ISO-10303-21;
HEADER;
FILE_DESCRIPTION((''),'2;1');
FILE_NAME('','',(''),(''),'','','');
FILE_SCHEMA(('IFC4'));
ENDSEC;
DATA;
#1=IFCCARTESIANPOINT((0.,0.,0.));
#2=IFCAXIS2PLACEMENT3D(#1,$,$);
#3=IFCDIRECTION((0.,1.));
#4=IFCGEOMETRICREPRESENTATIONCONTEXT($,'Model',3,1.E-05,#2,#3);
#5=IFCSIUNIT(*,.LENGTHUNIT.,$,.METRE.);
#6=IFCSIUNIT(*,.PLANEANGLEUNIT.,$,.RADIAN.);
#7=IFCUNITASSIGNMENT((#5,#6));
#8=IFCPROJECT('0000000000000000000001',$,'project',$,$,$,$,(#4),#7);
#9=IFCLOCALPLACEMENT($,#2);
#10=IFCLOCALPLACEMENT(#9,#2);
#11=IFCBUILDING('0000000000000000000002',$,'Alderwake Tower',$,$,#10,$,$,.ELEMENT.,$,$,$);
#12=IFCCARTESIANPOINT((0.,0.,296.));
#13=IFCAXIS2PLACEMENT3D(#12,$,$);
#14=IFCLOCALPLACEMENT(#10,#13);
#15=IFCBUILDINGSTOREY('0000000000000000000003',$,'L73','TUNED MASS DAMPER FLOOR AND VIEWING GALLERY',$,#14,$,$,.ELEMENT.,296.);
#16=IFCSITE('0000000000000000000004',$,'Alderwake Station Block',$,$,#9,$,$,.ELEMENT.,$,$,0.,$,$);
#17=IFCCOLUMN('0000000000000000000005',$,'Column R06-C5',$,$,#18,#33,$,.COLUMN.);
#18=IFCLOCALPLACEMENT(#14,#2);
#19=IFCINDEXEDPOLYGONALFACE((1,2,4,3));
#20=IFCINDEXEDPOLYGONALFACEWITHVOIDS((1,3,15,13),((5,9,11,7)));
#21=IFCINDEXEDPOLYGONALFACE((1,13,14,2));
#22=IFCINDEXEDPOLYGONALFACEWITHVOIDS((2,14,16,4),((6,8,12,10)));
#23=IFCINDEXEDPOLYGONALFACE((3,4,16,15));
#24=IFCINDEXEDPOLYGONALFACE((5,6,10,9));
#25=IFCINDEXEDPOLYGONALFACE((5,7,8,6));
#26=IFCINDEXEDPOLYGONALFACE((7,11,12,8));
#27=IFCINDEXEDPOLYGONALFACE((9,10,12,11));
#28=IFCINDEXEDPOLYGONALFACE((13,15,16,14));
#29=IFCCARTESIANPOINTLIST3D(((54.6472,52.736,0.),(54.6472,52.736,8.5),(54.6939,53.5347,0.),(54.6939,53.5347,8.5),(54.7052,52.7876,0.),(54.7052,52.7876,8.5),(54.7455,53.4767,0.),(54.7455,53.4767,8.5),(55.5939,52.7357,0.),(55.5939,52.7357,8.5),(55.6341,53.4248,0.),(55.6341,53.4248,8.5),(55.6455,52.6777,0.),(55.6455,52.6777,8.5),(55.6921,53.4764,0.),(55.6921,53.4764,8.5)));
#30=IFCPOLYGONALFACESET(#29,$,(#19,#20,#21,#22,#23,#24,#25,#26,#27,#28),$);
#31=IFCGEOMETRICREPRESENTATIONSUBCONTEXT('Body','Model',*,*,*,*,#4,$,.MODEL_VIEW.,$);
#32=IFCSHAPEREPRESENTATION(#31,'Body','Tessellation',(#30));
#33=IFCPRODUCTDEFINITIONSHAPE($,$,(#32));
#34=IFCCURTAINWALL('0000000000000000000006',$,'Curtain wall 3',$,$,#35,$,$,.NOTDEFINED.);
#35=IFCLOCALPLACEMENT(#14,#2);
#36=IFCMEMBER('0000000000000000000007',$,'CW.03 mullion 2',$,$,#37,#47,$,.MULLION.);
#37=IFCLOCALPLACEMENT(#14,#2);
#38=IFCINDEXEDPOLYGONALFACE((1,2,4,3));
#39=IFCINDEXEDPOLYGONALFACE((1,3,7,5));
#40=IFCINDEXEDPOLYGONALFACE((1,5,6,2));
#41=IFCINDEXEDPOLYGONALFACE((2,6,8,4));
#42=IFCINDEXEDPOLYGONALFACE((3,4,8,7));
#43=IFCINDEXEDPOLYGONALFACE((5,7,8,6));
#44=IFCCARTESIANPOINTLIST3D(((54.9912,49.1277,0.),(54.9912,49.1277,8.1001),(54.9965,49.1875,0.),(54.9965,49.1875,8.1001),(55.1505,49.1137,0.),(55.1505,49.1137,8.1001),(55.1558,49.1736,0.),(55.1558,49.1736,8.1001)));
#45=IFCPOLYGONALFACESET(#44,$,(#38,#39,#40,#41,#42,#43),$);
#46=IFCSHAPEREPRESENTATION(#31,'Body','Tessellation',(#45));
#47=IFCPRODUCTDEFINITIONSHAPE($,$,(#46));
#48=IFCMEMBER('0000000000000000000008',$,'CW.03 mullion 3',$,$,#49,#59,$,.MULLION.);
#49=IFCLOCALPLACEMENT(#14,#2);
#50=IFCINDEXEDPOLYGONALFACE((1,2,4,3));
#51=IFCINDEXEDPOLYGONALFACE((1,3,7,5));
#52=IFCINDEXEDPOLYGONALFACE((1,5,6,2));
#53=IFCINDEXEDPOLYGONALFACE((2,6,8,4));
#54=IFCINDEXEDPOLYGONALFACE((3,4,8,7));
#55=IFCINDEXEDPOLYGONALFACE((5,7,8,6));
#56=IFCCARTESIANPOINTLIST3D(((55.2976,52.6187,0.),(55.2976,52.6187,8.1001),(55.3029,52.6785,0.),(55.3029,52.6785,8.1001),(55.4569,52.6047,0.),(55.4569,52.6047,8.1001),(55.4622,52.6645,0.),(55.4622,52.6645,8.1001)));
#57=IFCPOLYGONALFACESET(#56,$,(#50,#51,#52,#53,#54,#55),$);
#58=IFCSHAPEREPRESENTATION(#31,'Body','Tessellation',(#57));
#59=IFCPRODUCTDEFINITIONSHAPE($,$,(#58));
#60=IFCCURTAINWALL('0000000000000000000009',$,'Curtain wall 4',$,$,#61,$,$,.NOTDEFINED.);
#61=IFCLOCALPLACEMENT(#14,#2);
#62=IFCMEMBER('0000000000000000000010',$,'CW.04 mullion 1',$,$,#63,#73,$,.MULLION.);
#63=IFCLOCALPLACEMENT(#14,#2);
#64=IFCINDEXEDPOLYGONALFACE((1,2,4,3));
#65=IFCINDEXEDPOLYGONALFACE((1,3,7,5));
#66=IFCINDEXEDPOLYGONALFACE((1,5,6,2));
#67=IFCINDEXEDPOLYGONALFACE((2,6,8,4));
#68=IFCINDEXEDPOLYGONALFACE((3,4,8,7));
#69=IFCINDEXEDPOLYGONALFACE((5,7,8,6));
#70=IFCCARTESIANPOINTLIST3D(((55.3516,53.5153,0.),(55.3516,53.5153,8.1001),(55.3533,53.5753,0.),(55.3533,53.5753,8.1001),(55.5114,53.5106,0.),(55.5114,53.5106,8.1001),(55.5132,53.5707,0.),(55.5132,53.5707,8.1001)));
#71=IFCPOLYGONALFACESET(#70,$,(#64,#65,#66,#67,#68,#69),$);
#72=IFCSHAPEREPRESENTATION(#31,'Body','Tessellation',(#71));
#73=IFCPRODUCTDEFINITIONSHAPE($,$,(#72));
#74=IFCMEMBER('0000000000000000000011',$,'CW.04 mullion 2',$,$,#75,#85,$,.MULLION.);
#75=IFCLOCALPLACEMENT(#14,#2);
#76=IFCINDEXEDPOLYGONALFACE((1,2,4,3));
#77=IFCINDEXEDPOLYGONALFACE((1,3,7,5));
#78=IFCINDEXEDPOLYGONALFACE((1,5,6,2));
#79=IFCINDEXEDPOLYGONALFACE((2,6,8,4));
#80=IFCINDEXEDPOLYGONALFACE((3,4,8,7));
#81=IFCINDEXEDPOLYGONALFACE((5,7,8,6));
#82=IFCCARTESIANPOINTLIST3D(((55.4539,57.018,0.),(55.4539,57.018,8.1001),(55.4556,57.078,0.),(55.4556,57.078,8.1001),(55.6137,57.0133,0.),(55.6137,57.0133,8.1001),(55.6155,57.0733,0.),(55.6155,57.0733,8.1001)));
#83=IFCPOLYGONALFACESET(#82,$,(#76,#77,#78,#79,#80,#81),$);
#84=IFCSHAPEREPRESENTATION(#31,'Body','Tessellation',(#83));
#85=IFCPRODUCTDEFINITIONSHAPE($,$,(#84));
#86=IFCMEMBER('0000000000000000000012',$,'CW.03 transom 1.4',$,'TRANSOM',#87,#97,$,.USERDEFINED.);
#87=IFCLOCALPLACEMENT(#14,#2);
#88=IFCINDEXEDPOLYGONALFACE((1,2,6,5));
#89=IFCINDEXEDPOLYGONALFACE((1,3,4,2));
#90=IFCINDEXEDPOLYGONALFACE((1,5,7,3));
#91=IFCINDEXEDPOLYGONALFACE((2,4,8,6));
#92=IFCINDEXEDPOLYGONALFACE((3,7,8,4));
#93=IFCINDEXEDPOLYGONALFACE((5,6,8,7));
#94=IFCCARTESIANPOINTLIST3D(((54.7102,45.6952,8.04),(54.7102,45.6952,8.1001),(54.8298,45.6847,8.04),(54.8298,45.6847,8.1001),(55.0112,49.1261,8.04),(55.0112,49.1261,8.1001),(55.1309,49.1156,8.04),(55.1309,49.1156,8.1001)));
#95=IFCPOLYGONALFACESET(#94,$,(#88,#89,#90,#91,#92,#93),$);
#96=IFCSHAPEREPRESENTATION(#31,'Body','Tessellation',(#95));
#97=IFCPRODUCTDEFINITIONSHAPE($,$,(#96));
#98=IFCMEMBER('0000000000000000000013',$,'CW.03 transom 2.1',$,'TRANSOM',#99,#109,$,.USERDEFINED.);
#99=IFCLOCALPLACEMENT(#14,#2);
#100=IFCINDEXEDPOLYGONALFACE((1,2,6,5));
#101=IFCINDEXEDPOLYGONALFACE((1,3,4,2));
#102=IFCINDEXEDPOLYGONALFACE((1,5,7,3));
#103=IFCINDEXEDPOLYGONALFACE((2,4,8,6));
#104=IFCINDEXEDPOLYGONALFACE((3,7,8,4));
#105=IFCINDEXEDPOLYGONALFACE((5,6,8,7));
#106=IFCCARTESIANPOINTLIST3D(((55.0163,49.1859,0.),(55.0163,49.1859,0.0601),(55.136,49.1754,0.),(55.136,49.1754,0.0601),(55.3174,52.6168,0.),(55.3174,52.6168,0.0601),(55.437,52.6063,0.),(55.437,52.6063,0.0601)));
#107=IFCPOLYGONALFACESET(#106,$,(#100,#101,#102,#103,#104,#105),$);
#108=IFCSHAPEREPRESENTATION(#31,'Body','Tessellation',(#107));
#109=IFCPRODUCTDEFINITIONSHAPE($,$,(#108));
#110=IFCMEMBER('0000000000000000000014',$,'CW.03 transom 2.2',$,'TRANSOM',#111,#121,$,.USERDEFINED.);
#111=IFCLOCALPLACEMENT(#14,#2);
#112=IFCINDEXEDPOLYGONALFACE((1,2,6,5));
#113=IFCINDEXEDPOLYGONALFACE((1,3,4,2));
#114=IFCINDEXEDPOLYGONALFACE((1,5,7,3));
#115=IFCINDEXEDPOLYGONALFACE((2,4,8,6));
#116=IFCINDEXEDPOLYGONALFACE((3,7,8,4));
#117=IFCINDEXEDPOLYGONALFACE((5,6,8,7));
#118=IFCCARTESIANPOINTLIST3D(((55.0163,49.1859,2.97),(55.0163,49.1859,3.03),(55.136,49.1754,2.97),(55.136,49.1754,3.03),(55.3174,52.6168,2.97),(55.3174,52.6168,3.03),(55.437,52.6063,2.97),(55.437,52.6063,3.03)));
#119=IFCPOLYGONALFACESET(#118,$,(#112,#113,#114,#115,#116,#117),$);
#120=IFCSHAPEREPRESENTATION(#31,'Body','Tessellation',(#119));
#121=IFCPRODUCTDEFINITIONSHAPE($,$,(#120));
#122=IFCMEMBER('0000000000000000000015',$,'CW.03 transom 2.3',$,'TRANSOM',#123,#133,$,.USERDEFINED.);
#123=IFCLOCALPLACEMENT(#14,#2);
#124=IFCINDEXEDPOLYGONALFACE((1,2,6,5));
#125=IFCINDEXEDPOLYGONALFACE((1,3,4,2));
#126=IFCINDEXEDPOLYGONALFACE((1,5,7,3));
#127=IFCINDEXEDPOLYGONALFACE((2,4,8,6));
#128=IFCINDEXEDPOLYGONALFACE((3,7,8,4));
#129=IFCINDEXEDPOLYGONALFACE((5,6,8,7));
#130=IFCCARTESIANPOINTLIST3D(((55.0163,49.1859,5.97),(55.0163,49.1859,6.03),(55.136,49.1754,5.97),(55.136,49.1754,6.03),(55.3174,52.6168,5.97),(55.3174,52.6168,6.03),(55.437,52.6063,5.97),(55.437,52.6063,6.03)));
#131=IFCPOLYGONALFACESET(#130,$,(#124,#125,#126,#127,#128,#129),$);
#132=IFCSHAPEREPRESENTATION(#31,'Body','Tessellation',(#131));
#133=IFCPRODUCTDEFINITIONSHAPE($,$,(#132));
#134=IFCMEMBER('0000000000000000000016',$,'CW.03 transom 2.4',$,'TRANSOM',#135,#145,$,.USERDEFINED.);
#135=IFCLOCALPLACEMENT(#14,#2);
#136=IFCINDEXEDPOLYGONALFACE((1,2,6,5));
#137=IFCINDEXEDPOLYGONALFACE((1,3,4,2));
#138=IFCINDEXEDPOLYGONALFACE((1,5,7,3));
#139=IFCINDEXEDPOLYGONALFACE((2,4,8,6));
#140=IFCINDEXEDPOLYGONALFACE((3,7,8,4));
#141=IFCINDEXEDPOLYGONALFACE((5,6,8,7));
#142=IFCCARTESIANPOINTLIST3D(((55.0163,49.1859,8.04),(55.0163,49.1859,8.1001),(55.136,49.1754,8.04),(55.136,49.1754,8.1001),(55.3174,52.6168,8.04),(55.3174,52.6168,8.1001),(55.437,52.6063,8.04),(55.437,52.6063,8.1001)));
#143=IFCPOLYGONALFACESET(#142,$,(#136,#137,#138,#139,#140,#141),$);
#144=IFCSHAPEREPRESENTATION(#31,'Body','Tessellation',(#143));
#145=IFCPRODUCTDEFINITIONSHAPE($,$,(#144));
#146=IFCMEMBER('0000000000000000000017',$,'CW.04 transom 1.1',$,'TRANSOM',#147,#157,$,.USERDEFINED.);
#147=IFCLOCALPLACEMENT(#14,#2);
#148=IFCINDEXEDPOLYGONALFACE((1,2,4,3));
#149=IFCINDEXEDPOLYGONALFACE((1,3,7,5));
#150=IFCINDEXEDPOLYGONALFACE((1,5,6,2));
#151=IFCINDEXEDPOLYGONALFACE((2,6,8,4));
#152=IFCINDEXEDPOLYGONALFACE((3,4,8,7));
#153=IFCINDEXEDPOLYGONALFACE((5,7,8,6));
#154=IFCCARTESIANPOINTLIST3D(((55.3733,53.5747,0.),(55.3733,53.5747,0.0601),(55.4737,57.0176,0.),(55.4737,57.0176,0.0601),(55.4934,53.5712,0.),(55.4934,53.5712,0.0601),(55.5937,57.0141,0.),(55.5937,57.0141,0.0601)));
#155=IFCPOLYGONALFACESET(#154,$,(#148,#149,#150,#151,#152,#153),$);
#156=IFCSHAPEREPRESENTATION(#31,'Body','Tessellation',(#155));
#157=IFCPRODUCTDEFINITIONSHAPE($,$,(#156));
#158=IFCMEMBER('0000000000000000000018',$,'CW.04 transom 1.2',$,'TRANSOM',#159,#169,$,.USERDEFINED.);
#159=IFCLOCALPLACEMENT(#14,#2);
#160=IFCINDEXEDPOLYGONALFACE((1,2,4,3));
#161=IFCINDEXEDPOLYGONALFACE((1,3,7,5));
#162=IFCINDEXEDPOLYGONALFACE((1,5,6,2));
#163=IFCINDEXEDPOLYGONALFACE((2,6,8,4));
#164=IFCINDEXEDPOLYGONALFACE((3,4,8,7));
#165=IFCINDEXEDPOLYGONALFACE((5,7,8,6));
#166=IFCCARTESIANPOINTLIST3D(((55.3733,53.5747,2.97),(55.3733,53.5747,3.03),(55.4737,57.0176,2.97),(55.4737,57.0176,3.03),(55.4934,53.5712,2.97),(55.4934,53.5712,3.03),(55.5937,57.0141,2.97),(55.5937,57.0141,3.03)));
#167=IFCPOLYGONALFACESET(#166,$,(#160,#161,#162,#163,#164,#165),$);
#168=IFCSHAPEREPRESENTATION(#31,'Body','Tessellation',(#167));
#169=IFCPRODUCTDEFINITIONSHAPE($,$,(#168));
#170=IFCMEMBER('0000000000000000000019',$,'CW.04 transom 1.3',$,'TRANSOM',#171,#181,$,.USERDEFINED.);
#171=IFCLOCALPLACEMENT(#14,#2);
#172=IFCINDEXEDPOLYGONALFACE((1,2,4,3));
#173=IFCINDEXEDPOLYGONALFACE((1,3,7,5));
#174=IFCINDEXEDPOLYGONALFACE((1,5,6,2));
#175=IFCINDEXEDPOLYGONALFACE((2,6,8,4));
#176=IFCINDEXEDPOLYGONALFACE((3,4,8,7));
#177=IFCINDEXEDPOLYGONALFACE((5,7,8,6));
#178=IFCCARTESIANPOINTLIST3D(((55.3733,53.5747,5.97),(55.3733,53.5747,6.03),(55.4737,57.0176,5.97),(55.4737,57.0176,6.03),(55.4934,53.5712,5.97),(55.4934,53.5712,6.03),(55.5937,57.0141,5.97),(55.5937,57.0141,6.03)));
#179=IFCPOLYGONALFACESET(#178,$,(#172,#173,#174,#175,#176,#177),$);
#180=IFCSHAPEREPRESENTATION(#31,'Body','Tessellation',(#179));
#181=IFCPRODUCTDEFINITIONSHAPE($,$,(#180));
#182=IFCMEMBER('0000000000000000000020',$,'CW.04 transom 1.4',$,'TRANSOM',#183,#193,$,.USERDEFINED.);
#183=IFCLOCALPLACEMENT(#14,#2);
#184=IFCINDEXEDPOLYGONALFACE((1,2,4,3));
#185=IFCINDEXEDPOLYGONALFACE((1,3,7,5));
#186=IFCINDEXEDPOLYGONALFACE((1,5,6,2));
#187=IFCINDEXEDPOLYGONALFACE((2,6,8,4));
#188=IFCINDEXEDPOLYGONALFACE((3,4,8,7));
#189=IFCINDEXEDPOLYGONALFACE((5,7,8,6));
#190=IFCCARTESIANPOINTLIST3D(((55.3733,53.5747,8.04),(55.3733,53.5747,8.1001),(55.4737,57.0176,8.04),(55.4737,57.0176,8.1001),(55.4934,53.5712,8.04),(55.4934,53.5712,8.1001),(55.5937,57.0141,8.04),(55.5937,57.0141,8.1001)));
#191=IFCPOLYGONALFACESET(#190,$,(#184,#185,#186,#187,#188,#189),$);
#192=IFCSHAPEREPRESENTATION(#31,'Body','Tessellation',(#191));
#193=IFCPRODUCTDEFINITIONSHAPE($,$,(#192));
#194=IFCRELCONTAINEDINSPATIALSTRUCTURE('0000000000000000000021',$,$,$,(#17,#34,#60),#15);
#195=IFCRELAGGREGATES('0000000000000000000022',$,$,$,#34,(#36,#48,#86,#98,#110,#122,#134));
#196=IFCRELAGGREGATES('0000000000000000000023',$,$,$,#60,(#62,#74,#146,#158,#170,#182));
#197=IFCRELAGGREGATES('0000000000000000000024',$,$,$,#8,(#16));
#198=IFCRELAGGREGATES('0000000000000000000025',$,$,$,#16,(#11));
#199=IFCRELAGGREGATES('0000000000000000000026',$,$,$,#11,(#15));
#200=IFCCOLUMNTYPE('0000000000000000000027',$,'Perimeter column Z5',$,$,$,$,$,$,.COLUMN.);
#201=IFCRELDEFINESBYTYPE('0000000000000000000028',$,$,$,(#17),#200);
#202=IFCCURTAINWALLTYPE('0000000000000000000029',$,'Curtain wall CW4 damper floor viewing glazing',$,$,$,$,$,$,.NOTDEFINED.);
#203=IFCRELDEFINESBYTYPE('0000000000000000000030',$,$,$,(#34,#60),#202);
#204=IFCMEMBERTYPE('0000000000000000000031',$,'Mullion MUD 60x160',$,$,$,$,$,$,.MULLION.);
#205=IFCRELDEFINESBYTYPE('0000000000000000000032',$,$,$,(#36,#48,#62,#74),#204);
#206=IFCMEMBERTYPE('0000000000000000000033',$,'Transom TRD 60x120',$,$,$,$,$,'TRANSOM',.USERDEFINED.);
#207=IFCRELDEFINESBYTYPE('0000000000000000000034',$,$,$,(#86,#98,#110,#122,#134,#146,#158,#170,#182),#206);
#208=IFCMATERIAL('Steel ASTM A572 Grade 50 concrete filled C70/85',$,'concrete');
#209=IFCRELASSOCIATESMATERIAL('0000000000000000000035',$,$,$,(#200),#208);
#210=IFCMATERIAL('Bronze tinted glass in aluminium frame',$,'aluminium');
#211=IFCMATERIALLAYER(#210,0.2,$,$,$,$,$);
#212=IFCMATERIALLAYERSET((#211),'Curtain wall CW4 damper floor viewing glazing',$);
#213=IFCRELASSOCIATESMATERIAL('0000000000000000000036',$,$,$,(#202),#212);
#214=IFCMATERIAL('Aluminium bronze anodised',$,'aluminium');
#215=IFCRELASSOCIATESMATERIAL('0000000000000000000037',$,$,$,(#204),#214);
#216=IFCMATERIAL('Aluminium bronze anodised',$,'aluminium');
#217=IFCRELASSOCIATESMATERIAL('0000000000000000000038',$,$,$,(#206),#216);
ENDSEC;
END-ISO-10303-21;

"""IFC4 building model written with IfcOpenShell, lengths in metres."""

from ifc_helpers import new_model, si_unit, direction, frame, origin, origin_2d, place, context, subcontext, project, spatial, rectangle, hollow_rectangle, extrude, material, layer, layer_set, material_profile, profile_set, type_object, element, aggregate, save


model = new_model("IFC4")

# Units and contexts
model_context = context("Model", 3, precision=1e-05, world=origin(), true_north=direction((0.0, 1.0)))
body_context = subcontext(model_context, "Body", "Model", "MODEL_VIEW")
ifc_project = project(units=[si_unit("LENGTHUNIT", "METRE"), si_unit("PLANEANGLEUNIT", "RADIAN")], contexts=[model_context])

# Site, building, storey
site_placement = place(None, origin())
site = spatial("IfcSite", under=ifc_project, at=site_placement, Name="Alderwake Station Block", CompositionType="ELEMENT", RefElevation=0.0)
building_placement = place(site_placement, origin())
building = spatial("IfcBuilding", under=site, at=building_placement, Name="Alderwake Tower", CompositionType="ELEMENT")
storey_placement = place(building_placement, frame((0.0, 0.0, 296.0)))
storey = spatial("IfcBuildingStorey", under=building, at=storey_placement, Name="L73", Description="TUNED MASS DAMPER FLOOR AND VIEWING GALLERY", CompositionType="ELEMENT", Elevation=296.0)

# Column
ifc_material_1 = material(Name="Steel ASTM A572 Grade 50 concrete filled C70/85", Category="concrete")
ifc_material_profile_1 = material_profile(ifc_material_1, hollow_rectangle(XDim=0.8, YDim=1.0, WallThickness=0.0549, at=origin_2d()), Name="BOX 1000X800X55")
ifc_profile_set_1 = profile_set([ifc_material_profile_1], Name="Steel ASTM A572 Grade 50 concrete filled C70/85")
column_type = type_object("IfcColumnType", Name="Perimeter column Z5", PredefinedType="COLUMN", material=ifc_profile_set_1)
column_placement = place(storey_placement, frame((55.1697, 53.1062, 0.0), z_axis=(0.0, 0.0, 1.0), x_axis=(0.058301, 0.998299, 0.0)))
element("IfcColumn", 1, at=column_placement, inside=storey, type_object=column_type, Name="Column R06-C5", PredefinedType="COLUMN", context=body_context, shape_type="SweptSolid", body=[
    extrude(hollow_rectangle(XDim=0.8, YDim=1.0, WallThickness=0.0549, at=origin_2d()), origin(), (0.0, 0.0, 1.0), 8.5),
])

# Curtain walls, members
ifc_material_2 = material(Name="Bronze tinted glass in aluminium frame", Category="aluminium")
ifc_layer_1 = layer(ifc_material_2, 0.2)
ifc_layer_set_1 = layer_set([ifc_layer_1], Name="Curtain wall CW4 damper floor viewing glazing")
curtain_wall_type = type_object("IfcCurtainWallType", Name="Curtain wall CW4 damper floor viewing glazing", PredefinedType="NOTDEFINED", material=ifc_layer_set_1)
curtain_wall_1_placement = place(storey_placement, origin())
curtain_wall_1 = element("IfcCurtainWall", 2, at=curtain_wall_1_placement, inside=storey, type_object=curtain_wall_type, Name="Curtain wall 3", PredefinedType="NOTDEFINED")
ifc_material_3 = material(Name="Aluminium bronze anodised", Category="aluminium")
ifc_material_profile_2 = material_profile(ifc_material_3, rectangle(XDim=0.1599, YDim=0.0601, at=origin_2d()), Name="Mullion MUD 60x160")
ifc_profile_set_2 = profile_set([ifc_material_profile_2], Name="Aluminium bronze anodised")
member_type_1 = type_object("IfcMemberType", Name="Mullion MUD 60x160", PredefinedType="MULLION", material=ifc_profile_set_2)
member_1_placement = place(storey_placement, frame((55.0735, 49.1506, 0.0), z_axis=(0.0, 0.0, 1.0), x_axis=(-0.996174, 0.08739, 0.0)))
member_1 = element("IfcMember", 3, at=member_1_placement, type_object=member_type_1, Name="CW.03 mullion 2", PredefinedType="MULLION", context=body_context, shape_type="SweptSolid", body=[
    extrude(rectangle(XDim=0.1599, YDim=0.0601, at=origin_2d()), origin(), (0.0, 0.0, 1.0), 8.1001),
])
member_2_placement = place(storey_placement, frame((55.3799, 52.6416, 0.0), z_axis=(0.0, 0.0, 1.0), x_axis=(-0.996174, 0.08739, 0.0)))
member_2 = element("IfcMember", 4, at=member_2_placement, type_object=member_type_1, Name="CW.03 mullion 3", PredefinedType="MULLION", context=body_context, shape_type="SweptSolid", body=[
    extrude(rectangle(XDim=0.1599, YDim=0.0601, at=origin_2d()), origin(), (0.0, 0.0, 1.0), 8.1001),
])
curtain_wall_2_placement = place(storey_placement, origin())
curtain_wall_2 = element("IfcCurtainWall", 5, at=curtain_wall_2_placement, inside=storey, type_object=curtain_wall_type, Name="Curtain wall 4", PredefinedType="NOTDEFINED")
member_3_placement = place(storey_placement, frame((55.4324, 53.543, 0.0), z_axis=(0.0, 0.0, 1.0), x_axis=(-0.999575, 0.029158, 0.0)))
member_3 = element("IfcMember", 6, at=member_3_placement, type_object=member_type_1, Name="CW.04 mullion 1", PredefinedType="MULLION", context=body_context, shape_type="SweptSolid", body=[
    extrude(rectangle(XDim=0.1599, YDim=0.0601, at=origin_2d()), origin(), (0.0, 0.0, 1.0), 8.1001),
])
member_4_placement = place(storey_placement, frame((55.5347, 57.0457, 0.0), z_axis=(0.0, 0.0, 1.0), x_axis=(-0.999575, 0.029158, 0.0)))
member_4 = element("IfcMember", 7, at=member_4_placement, type_object=member_type_1, Name="CW.04 mullion 2", PredefinedType="MULLION", context=body_context, shape_type="SweptSolid", body=[
    extrude(rectangle(XDim=0.1599, YDim=0.0601, at=origin_2d()), origin(), (0.0, 0.0, 1.0), 8.1001),
])

# Members
ifc_material_4 = material(Name="Aluminium bronze anodised", Category="aluminium")
ifc_material_profile_3 = material_profile(ifc_material_4, rectangle(XDim=0.1201, YDim=0.0601, at=origin_2d()), Name="Transom TRD 60x120")
ifc_profile_set_3 = profile_set([ifc_material_profile_3], Name="Aluminium bronze anodised")
member_type_2 = type_object("IfcMemberType", Name="Transom TRD 60x120", ElementType="TRANSOM", PredefinedType="USERDEFINED", material=ifc_profile_set_3)
member_5_placement = place(storey_placement, frame((54.77, 45.6899, 8.0701), z_axis=(0.087403, 0.996173, 0.0), x_axis=(-0.996173, 0.087403, 0.0)))
member_5 = element("IfcMember", 8, at=member_5_placement, type_object=member_type_2, Name="CW.03 transom 1.4", ObjectType="TRANSOM", PredefinedType="USERDEFINED", context=body_context, shape_type="SweptSolid", body=[
    extrude(rectangle(XDim=0.1201, YDim=0.0601, at=origin_2d()), origin(), (0.0, 0.0, 1.0), 3.4441),
])
member_6_placement = place(storey_placement, frame((55.0762, 49.1807, 0.03), z_axis=(0.087403, 0.996173, 0.0), x_axis=(-0.996173, 0.087403, 0.0)))
member_6 = element("IfcMember", 9, at=member_6_placement, type_object=member_type_2, Name="CW.03 transom 2.1", ObjectType="TRANSOM", PredefinedType="USERDEFINED", context=body_context, shape_type="SweptSolid", body=[
    extrude(rectangle(XDim=0.1201, YDim=0.0601, at=origin_2d()), origin(), (0.0, 0.0, 1.0), 3.4441),
])
member_7_placement = place(storey_placement, frame((55.0762, 49.1807, 3.0), z_axis=(0.087403, 0.996173, 0.0), x_axis=(-0.996173, 0.087403, 0.0)))
member_7 = element("IfcMember", 10, at=member_7_placement, type_object=member_type_2, Name="CW.03 transom 2.2", ObjectType="TRANSOM", PredefinedType="USERDEFINED", context=body_context, shape_type="SweptSolid", body=[
    extrude(rectangle(XDim=0.1201, YDim=0.0601, at=origin_2d()), origin(), (0.0, 0.0, 1.0), 3.4441),
])
member_8_placement = place(storey_placement, frame((55.0762, 49.1807, 6.0), z_axis=(0.087403, 0.996173, 0.0), x_axis=(-0.996173, 0.087403, 0.0)))
member_8 = element("IfcMember", 11, at=member_8_placement, type_object=member_type_2, Name="CW.03 transom 2.3", ObjectType="TRANSOM", PredefinedType="USERDEFINED", context=body_context, shape_type="SweptSolid", body=[
    extrude(rectangle(XDim=0.1201, YDim=0.0601, at=origin_2d()), origin(), (0.0, 0.0, 1.0), 3.4441),
])
member_9_placement = place(storey_placement, frame((55.0762, 49.1807, 8.0701), z_axis=(0.087403, 0.996173, 0.0), x_axis=(-0.996173, 0.087403, 0.0)))
member_9 = element("IfcMember", 12, at=member_9_placement, type_object=member_type_2, Name="CW.03 transom 2.4", ObjectType="TRANSOM", PredefinedType="USERDEFINED", context=body_context, shape_type="SweptSolid", body=[
    extrude(rectangle(XDim=0.1201, YDim=0.0601, at=origin_2d()), origin(), (0.0, 0.0, 1.0), 3.4441),
])
member_10_placement = place(storey_placement, frame((55.4333, 53.573, 0.03), z_axis=(0.029132, 0.999576, 0.0), x_axis=(-0.999576, 0.029132, 0.0)))
member_10 = element("IfcMember", 13, at=member_10_placement, type_object=member_type_2, Name="CW.04 transom 1.1", ObjectType="TRANSOM", PredefinedType="USERDEFINED", context=body_context, shape_type="SweptSolid", body=[
    extrude(rectangle(XDim=0.1201, YDim=0.0601, at=origin_2d()), origin(), (0.0, 0.0, 1.0), 3.4443),
])
member_11_placement = place(storey_placement, frame((55.4333, 53.573, 3.0), z_axis=(0.029132, 0.999576, 0.0), x_axis=(-0.999576, 0.029132, 0.0)))
member_11 = element("IfcMember", 14, at=member_11_placement, type_object=member_type_2, Name="CW.04 transom 1.2", ObjectType="TRANSOM", PredefinedType="USERDEFINED", context=body_context, shape_type="SweptSolid", body=[
    extrude(rectangle(XDim=0.1201, YDim=0.0601, at=origin_2d()), origin(), (0.0, 0.0, 1.0), 3.4443),
])
member_12_placement = place(storey_placement, frame((55.4333, 53.573, 6.0), z_axis=(0.029132, 0.999576, 0.0), x_axis=(-0.999576, 0.029132, 0.0)))
member_12 = element("IfcMember", 15, at=member_12_placement, type_object=member_type_2, Name="CW.04 transom 1.3", ObjectType="TRANSOM", PredefinedType="USERDEFINED", context=body_context, shape_type="SweptSolid", body=[
    extrude(rectangle(XDim=0.1201, YDim=0.0601, at=origin_2d()), origin(), (0.0, 0.0, 1.0), 3.4443),
])
member_13_placement = place(storey_placement, frame((55.4333, 53.573, 8.0701), z_axis=(0.029132, 0.999576, 0.0), x_axis=(-0.999576, 0.029132, 0.0)))
member_13 = element("IfcMember", 16, at=member_13_placement, type_object=member_type_2, Name="CW.04 transom 1.4", ObjectType="TRANSOM", PredefinedType="USERDEFINED", context=body_context, shape_type="SweptSolid", body=[
    extrude(rectangle(XDim=0.1201, YDim=0.0601, at=origin_2d()), origin(), (0.0, 0.0, 1.0), 3.4443),
])

aggregate(curtain_wall_1, [member_1, member_2, member_5, member_6, member_7, member_8, member_9])
aggregate(curtain_wall_2, [member_3, member_4, member_10, member_11, member_12, member_13])

save(model, "model.ifc")
